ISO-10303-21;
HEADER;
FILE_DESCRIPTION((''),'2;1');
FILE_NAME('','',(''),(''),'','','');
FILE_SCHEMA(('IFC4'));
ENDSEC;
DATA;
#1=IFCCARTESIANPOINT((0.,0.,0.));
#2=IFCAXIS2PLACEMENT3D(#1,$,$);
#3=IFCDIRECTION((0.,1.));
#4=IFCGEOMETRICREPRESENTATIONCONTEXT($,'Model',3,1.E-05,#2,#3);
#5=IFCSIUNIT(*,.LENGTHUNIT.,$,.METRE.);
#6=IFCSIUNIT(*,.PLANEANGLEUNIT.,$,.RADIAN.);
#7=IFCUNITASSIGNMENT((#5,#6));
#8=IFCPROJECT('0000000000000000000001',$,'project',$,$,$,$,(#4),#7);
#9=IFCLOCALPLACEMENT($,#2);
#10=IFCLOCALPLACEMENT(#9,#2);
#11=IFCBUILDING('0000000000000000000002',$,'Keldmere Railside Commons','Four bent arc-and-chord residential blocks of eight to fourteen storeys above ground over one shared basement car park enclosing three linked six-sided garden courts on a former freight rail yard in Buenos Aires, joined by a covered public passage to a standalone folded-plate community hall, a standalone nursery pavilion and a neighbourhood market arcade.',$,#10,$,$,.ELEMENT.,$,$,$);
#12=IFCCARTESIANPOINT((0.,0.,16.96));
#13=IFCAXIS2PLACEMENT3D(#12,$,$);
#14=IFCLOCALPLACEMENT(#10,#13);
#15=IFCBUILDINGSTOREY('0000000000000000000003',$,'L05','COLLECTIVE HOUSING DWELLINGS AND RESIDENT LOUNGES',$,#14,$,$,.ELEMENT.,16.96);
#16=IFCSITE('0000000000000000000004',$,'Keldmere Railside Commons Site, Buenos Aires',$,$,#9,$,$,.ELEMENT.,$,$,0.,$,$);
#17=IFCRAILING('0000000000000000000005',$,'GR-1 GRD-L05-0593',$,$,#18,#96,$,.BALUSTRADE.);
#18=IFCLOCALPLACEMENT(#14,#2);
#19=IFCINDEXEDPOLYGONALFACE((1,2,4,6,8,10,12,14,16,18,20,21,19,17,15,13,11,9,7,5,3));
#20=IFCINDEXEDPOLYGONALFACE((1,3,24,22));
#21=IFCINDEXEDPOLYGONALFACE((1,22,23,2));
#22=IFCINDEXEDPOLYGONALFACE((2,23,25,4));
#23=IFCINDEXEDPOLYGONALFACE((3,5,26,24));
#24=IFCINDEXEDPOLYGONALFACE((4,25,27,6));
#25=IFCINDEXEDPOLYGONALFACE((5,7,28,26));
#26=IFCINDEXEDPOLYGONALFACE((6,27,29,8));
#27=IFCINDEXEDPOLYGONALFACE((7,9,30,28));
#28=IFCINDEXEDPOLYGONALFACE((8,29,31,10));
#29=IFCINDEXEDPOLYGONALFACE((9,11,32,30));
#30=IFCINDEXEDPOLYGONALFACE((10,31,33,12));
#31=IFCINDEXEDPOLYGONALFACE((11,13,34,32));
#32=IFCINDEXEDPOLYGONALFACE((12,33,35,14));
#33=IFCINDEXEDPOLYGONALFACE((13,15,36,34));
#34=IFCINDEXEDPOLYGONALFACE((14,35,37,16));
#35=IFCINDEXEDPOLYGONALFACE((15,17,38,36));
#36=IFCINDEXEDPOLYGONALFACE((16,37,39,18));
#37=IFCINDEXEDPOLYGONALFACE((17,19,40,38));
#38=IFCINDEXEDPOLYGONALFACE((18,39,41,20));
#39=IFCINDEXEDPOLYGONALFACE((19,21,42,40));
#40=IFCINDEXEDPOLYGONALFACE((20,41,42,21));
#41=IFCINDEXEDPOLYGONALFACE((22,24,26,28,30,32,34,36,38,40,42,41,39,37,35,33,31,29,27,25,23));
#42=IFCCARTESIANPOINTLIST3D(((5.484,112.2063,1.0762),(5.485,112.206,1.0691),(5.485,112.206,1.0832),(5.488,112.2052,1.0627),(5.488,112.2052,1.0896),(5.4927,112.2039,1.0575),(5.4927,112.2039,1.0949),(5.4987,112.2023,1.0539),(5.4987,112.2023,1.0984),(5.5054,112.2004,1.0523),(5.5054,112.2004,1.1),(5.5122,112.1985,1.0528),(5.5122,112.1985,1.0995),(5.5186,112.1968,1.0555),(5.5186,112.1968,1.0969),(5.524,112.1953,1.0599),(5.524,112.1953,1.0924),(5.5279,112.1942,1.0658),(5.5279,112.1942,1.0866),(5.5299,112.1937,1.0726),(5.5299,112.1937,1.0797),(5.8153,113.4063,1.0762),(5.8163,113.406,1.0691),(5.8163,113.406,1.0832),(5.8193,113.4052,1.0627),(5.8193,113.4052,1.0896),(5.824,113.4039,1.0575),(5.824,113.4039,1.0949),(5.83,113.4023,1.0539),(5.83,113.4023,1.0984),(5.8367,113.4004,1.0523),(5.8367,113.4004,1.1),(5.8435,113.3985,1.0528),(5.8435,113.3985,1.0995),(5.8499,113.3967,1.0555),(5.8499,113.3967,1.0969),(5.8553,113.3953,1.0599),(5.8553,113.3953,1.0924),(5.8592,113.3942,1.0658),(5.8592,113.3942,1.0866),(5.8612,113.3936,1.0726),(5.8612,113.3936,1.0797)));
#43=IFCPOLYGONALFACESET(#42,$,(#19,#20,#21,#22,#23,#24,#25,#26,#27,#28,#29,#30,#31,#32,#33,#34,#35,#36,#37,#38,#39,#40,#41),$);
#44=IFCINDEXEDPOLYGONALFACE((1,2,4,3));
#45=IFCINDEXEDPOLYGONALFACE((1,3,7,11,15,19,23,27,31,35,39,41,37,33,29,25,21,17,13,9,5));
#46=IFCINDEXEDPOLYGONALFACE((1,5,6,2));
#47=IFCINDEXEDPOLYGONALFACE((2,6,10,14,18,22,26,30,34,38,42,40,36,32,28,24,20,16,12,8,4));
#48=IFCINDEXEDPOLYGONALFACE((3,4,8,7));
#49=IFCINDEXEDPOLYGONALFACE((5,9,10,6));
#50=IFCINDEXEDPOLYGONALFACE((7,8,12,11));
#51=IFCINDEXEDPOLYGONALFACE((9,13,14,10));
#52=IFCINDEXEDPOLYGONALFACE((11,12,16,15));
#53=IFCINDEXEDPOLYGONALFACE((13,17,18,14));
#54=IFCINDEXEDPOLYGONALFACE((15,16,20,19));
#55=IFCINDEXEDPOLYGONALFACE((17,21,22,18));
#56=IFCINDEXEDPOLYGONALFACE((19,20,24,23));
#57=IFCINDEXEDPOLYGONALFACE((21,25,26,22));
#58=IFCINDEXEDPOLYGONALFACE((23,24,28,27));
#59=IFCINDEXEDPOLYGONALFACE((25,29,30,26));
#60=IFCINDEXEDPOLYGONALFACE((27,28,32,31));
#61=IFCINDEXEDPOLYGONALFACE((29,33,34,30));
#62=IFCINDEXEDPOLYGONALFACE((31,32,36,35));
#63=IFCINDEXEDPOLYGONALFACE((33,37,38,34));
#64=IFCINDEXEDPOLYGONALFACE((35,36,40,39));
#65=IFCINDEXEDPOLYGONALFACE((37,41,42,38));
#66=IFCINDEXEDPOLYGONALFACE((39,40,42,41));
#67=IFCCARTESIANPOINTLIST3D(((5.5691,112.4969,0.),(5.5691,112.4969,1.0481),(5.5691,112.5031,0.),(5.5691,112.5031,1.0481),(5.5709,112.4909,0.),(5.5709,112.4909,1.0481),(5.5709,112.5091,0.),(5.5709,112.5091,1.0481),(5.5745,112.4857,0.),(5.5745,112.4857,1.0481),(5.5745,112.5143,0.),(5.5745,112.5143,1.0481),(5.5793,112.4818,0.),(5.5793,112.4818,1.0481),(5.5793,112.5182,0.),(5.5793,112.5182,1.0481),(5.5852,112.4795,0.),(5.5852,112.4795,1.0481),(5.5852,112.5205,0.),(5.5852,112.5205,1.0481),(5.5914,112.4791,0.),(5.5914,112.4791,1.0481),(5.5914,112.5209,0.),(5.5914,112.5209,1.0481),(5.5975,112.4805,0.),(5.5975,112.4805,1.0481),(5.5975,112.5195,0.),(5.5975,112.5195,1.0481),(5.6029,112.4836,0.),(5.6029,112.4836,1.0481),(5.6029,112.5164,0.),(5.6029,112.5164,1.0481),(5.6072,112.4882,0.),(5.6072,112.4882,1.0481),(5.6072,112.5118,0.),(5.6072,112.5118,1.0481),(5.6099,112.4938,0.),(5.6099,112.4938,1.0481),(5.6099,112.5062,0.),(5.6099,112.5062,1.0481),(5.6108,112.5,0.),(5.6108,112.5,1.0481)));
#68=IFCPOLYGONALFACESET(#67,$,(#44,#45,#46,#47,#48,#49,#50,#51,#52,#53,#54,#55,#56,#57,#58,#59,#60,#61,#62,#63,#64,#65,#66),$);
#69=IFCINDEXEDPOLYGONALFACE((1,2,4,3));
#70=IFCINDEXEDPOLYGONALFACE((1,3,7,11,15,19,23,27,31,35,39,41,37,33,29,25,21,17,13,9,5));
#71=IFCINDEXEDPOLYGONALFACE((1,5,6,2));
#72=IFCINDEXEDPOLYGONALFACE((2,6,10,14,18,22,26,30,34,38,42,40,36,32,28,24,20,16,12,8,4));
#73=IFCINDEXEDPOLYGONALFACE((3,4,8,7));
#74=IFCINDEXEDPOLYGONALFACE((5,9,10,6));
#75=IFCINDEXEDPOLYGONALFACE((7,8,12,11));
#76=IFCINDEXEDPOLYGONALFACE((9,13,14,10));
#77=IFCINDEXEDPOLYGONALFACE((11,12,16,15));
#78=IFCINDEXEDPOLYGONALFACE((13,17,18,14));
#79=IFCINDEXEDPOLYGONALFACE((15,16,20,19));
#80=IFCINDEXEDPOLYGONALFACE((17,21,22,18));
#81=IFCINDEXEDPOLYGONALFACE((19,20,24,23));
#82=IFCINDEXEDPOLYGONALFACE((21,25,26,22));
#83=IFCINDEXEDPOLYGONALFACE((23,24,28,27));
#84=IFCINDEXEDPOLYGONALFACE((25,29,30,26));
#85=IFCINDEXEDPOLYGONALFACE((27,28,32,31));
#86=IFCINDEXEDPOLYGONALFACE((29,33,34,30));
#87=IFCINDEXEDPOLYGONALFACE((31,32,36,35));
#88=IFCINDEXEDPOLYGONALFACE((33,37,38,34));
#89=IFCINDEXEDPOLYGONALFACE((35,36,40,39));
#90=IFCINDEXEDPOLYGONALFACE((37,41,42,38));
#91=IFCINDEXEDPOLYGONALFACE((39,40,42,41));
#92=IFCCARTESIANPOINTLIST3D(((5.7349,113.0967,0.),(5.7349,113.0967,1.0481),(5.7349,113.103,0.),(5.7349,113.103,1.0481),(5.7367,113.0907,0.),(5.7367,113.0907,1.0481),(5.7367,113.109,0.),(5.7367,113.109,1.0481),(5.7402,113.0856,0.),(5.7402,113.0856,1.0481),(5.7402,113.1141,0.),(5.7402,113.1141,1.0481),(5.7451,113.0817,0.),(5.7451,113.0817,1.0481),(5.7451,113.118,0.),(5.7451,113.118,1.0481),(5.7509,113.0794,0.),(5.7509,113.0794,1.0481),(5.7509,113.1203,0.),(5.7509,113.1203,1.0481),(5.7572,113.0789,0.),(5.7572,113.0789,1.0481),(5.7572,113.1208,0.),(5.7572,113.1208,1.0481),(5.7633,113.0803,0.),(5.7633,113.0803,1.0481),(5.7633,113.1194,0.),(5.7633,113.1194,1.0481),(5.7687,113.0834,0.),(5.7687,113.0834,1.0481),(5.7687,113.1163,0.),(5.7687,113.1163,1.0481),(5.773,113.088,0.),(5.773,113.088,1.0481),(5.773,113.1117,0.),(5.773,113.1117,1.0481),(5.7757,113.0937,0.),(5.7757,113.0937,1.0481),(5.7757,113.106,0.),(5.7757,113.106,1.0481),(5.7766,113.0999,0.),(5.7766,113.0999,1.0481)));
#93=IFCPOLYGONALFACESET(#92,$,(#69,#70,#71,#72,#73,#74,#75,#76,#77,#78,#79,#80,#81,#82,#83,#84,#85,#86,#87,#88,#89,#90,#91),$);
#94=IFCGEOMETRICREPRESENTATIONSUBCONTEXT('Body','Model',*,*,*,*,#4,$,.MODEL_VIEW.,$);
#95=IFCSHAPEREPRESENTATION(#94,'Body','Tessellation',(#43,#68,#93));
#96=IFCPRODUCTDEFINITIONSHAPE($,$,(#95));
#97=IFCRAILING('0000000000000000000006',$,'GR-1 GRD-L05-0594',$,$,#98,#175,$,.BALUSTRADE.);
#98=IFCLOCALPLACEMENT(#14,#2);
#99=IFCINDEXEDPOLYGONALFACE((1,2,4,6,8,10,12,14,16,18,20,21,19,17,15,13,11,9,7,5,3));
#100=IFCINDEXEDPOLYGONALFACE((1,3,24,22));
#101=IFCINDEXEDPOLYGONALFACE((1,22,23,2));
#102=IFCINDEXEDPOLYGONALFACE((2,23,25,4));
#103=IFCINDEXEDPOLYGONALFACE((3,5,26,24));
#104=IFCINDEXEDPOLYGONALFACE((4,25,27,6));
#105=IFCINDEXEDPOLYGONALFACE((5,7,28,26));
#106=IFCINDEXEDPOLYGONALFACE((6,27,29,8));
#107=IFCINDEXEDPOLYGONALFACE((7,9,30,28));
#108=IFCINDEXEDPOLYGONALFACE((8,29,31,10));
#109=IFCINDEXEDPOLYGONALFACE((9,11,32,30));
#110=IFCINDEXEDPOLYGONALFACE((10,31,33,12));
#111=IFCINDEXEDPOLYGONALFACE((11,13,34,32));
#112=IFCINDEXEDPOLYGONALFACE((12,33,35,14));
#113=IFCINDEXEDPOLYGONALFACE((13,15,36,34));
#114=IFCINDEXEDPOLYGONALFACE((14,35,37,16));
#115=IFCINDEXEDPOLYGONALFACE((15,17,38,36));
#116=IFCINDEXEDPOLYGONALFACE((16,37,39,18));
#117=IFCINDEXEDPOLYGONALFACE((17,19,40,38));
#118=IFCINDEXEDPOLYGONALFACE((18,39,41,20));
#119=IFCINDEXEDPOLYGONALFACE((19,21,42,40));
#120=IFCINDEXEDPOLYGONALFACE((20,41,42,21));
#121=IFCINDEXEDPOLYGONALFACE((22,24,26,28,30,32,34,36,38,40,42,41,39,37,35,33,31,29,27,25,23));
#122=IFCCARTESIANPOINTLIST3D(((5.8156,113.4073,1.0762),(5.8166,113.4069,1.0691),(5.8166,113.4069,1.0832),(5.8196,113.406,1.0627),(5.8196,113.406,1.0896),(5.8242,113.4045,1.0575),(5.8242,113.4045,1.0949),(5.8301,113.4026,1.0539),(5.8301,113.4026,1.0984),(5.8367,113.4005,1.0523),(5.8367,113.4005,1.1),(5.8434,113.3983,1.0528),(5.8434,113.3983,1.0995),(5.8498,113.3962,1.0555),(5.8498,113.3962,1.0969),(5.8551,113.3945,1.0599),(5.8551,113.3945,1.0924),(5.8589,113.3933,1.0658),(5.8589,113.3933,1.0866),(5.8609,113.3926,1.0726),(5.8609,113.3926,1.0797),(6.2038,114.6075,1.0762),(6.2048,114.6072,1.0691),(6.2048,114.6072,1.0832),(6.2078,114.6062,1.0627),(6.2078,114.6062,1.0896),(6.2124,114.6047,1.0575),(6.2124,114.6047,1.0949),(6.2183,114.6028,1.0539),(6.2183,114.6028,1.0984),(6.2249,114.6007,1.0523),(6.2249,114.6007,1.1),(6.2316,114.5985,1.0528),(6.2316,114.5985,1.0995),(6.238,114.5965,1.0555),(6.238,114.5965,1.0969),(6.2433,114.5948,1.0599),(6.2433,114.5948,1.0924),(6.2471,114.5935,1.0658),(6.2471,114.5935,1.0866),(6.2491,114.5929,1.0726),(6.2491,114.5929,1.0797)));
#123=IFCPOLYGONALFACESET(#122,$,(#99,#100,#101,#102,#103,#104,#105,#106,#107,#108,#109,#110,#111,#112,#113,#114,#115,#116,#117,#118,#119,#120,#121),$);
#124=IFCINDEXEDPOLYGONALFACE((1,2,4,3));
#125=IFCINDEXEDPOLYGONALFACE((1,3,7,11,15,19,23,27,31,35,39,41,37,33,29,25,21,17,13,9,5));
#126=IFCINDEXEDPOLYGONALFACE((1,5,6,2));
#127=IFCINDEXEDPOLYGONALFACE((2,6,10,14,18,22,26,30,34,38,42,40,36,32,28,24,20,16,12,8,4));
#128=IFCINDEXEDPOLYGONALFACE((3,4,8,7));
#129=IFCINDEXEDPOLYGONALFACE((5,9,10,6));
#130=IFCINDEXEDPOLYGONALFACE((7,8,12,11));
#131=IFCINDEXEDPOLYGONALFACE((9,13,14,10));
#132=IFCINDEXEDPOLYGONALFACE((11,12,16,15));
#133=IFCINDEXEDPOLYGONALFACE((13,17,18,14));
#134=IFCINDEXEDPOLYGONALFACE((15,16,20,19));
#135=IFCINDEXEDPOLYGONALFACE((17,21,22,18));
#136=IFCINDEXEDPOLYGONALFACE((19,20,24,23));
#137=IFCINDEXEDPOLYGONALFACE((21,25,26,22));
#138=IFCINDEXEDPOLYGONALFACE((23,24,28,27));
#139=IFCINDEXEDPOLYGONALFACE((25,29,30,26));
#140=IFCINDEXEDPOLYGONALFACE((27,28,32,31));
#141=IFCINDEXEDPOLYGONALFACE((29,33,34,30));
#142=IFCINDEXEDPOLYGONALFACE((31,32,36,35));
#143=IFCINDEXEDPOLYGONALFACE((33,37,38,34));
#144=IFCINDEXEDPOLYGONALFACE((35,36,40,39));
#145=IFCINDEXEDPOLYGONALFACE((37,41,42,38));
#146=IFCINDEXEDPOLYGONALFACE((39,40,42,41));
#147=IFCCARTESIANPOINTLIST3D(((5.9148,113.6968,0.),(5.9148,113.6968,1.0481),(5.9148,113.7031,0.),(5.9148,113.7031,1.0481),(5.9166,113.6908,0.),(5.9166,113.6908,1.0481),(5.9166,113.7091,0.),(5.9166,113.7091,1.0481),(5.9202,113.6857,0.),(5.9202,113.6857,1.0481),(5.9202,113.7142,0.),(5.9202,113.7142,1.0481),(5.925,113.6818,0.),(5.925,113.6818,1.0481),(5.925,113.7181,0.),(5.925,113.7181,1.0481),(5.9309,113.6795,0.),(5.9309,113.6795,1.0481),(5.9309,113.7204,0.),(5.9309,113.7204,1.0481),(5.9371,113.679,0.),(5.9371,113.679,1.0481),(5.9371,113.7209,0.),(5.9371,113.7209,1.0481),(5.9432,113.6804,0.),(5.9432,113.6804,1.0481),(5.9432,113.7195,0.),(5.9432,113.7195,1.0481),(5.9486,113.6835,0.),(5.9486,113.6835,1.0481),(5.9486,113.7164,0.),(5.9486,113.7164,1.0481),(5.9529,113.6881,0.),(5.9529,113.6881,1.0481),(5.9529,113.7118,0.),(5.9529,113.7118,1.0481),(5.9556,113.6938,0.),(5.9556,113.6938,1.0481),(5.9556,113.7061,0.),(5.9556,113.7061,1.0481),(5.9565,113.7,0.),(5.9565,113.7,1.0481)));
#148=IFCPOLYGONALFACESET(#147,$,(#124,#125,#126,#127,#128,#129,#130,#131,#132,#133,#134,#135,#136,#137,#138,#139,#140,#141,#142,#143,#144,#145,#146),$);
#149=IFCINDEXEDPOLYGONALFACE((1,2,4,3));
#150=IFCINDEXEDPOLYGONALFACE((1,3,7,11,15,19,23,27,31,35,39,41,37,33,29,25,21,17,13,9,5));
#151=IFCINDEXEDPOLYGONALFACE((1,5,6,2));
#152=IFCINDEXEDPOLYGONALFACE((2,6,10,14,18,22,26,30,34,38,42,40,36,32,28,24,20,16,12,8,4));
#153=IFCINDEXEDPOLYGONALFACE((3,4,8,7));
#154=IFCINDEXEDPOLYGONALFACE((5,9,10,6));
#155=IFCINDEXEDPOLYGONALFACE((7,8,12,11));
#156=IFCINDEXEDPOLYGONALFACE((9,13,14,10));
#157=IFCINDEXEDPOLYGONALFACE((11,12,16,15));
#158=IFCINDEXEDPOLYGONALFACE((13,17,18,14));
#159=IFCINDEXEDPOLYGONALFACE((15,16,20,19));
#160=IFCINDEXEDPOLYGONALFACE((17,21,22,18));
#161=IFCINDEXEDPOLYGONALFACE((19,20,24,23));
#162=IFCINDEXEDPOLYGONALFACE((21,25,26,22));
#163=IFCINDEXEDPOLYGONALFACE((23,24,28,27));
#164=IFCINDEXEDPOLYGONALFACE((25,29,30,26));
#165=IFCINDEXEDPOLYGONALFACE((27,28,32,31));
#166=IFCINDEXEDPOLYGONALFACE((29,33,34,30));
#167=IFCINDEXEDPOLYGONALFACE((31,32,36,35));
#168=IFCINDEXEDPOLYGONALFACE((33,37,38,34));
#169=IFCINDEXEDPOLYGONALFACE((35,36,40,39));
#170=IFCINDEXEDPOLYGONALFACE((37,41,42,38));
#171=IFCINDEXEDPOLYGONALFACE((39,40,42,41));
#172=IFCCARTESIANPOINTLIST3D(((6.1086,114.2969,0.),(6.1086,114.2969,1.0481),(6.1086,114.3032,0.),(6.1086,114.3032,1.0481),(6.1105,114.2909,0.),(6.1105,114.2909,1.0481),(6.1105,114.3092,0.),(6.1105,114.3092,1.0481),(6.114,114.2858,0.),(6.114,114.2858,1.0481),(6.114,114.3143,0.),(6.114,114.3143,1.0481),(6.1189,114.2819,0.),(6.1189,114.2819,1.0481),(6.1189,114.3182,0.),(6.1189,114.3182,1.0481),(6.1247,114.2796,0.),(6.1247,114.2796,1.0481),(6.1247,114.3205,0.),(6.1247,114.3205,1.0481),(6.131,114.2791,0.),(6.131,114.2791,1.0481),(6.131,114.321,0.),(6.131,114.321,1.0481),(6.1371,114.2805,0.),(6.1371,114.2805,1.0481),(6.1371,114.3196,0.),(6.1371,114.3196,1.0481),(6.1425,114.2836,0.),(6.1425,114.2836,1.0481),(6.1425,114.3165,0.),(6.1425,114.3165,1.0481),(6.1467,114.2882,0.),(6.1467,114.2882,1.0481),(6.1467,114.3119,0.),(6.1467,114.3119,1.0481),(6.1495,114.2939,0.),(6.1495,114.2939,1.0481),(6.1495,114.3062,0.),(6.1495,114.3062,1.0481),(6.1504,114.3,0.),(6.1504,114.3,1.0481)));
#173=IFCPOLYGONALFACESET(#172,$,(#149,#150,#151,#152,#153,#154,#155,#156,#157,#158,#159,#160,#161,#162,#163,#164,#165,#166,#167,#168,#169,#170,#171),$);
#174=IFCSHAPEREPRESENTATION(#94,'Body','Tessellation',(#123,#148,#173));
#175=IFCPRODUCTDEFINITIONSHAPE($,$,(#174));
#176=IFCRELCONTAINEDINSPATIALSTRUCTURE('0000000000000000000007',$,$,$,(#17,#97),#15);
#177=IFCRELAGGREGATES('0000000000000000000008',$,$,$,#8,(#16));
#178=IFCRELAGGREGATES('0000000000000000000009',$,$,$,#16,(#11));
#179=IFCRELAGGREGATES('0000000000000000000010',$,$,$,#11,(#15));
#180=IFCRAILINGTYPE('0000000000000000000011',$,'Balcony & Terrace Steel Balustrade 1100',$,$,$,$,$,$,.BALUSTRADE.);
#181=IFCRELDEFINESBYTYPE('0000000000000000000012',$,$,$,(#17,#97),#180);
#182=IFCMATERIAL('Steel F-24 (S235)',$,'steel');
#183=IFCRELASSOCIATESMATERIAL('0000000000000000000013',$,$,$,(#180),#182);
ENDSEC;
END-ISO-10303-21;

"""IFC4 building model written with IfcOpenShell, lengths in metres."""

from ifc_helpers import new_model, si_unit, direction, frame, origin, origin_2d, place, context, subcontext, project, spatial, circle, extrude, material, type_object, element, save


model = new_model("IFC4")

# Units and contexts
model_context = context("Model", 3, precision=1e-05, world=origin(), true_north=direction((0.0, 1.0)))
body_context = subcontext(model_context, "Body", "Model", "MODEL_VIEW")
ifc_project = project(units=[si_unit("LENGTHUNIT", "METRE"), si_unit("PLANEANGLEUNIT", "RADIAN")], contexts=[model_context])

# Site, building, storey
site_placement = place(None, origin())
site = spatial("IfcSite", under=ifc_project, at=site_placement, Name="Keldmere Railside Commons Site, Buenos Aires", CompositionType="ELEMENT", RefElevation=0.0)
building_placement = place(site_placement, origin())
building = spatial("IfcBuilding", under=site, at=building_placement, Name="Keldmere Railside Commons", Description="Four bent arc-and-chord residential blocks of eight to fourteen storeys above ground over one shared basement car park enclosing three linked six-sided garden courts on a former freight rail yard in Buenos Aires, joined by a covered public passage to a standalone folded-plate community hall, a standalone nursery pavilion and a neighbourhood market arcade.", CompositionType="ELEMENT")
storey_placement = place(building_placement, frame((0.0, 0.0, 16.96)))
storey = spatial("IfcBuildingStorey", under=building, at=storey_placement, Name="L05", Description="COLLECTIVE HOUSING DWELLINGS AND RESIDENT LOUNGES", CompositionType="ELEMENT", Elevation=16.96)

# Railings
ifc_material_1 = material(Name="Steel F-24 (S235)", Category="steel")
railing_type = type_object("IfcRailingType", Name="Balcony & Terrace Steel Balustrade 1100", PredefinedType="BALUSTRADE", material=ifc_material_1)
railing_1_placement = place(storey_placement, frame((5.5071, 112.2, 0.0)))
element("IfcRailing", 1, at=railing_1_placement, inside=storey, type_object=railing_type, Name="GR-1 GRD-L05-0593", PredefinedType="BALUSTRADE", context=body_context, shape_type="SweptSolid", body=[
    extrude(circle(Radius=0.0239, at=origin_2d()), frame((0.0, 0.0, 1.0762), z_axis=(0.266136, 0.963935, 0.0), x_axis=(-0.963935, 0.266136, 0.0)), (0.0, 0.0, 1.0), 1.2449),
    extrude(circle(Radius=0.021, at=origin_2d()), frame((0.0828, 0.3, 0.0)), (0.0, 0.0, 1.0), 1.0481),
    extrude(circle(Radius=0.021, at=origin_2d()), frame((0.2485, 0.8999, 0.0)), (0.0, 0.0, 1.0), 1.0481),
])
railing_2_placement = place(storey_placement, frame((5.8384, 113.3999, 0.0)))
element("IfcRailing", 2, at=railing_2_placement, inside=storey, type_object=railing_type, Name="GR-1 GRD-L05-0594", PredefinedType="BALUSTRADE", context=body_context, shape_type="SweptSolid", body=[
    extrude(circle(Radius=0.0239, at=origin_2d()), frame((0.0, 0.0, 1.0762), z_axis=(0.307738, 0.951471, 0.0), x_axis=(-0.951471, 0.307738, 0.0)), (0.0, 0.0, 1.0), 1.2615),
    extrude(circle(Radius=0.021, at=origin_2d()), frame((0.0972, 0.3, 0.0)), (0.0, 0.0, 1.0), 1.0481),
    extrude(circle(Radius=0.021, at=origin_2d()), frame((0.291, 0.9001, 0.0)), (0.0, 0.0, 1.0), 1.0481),
])

save(model, "model.ifc")
